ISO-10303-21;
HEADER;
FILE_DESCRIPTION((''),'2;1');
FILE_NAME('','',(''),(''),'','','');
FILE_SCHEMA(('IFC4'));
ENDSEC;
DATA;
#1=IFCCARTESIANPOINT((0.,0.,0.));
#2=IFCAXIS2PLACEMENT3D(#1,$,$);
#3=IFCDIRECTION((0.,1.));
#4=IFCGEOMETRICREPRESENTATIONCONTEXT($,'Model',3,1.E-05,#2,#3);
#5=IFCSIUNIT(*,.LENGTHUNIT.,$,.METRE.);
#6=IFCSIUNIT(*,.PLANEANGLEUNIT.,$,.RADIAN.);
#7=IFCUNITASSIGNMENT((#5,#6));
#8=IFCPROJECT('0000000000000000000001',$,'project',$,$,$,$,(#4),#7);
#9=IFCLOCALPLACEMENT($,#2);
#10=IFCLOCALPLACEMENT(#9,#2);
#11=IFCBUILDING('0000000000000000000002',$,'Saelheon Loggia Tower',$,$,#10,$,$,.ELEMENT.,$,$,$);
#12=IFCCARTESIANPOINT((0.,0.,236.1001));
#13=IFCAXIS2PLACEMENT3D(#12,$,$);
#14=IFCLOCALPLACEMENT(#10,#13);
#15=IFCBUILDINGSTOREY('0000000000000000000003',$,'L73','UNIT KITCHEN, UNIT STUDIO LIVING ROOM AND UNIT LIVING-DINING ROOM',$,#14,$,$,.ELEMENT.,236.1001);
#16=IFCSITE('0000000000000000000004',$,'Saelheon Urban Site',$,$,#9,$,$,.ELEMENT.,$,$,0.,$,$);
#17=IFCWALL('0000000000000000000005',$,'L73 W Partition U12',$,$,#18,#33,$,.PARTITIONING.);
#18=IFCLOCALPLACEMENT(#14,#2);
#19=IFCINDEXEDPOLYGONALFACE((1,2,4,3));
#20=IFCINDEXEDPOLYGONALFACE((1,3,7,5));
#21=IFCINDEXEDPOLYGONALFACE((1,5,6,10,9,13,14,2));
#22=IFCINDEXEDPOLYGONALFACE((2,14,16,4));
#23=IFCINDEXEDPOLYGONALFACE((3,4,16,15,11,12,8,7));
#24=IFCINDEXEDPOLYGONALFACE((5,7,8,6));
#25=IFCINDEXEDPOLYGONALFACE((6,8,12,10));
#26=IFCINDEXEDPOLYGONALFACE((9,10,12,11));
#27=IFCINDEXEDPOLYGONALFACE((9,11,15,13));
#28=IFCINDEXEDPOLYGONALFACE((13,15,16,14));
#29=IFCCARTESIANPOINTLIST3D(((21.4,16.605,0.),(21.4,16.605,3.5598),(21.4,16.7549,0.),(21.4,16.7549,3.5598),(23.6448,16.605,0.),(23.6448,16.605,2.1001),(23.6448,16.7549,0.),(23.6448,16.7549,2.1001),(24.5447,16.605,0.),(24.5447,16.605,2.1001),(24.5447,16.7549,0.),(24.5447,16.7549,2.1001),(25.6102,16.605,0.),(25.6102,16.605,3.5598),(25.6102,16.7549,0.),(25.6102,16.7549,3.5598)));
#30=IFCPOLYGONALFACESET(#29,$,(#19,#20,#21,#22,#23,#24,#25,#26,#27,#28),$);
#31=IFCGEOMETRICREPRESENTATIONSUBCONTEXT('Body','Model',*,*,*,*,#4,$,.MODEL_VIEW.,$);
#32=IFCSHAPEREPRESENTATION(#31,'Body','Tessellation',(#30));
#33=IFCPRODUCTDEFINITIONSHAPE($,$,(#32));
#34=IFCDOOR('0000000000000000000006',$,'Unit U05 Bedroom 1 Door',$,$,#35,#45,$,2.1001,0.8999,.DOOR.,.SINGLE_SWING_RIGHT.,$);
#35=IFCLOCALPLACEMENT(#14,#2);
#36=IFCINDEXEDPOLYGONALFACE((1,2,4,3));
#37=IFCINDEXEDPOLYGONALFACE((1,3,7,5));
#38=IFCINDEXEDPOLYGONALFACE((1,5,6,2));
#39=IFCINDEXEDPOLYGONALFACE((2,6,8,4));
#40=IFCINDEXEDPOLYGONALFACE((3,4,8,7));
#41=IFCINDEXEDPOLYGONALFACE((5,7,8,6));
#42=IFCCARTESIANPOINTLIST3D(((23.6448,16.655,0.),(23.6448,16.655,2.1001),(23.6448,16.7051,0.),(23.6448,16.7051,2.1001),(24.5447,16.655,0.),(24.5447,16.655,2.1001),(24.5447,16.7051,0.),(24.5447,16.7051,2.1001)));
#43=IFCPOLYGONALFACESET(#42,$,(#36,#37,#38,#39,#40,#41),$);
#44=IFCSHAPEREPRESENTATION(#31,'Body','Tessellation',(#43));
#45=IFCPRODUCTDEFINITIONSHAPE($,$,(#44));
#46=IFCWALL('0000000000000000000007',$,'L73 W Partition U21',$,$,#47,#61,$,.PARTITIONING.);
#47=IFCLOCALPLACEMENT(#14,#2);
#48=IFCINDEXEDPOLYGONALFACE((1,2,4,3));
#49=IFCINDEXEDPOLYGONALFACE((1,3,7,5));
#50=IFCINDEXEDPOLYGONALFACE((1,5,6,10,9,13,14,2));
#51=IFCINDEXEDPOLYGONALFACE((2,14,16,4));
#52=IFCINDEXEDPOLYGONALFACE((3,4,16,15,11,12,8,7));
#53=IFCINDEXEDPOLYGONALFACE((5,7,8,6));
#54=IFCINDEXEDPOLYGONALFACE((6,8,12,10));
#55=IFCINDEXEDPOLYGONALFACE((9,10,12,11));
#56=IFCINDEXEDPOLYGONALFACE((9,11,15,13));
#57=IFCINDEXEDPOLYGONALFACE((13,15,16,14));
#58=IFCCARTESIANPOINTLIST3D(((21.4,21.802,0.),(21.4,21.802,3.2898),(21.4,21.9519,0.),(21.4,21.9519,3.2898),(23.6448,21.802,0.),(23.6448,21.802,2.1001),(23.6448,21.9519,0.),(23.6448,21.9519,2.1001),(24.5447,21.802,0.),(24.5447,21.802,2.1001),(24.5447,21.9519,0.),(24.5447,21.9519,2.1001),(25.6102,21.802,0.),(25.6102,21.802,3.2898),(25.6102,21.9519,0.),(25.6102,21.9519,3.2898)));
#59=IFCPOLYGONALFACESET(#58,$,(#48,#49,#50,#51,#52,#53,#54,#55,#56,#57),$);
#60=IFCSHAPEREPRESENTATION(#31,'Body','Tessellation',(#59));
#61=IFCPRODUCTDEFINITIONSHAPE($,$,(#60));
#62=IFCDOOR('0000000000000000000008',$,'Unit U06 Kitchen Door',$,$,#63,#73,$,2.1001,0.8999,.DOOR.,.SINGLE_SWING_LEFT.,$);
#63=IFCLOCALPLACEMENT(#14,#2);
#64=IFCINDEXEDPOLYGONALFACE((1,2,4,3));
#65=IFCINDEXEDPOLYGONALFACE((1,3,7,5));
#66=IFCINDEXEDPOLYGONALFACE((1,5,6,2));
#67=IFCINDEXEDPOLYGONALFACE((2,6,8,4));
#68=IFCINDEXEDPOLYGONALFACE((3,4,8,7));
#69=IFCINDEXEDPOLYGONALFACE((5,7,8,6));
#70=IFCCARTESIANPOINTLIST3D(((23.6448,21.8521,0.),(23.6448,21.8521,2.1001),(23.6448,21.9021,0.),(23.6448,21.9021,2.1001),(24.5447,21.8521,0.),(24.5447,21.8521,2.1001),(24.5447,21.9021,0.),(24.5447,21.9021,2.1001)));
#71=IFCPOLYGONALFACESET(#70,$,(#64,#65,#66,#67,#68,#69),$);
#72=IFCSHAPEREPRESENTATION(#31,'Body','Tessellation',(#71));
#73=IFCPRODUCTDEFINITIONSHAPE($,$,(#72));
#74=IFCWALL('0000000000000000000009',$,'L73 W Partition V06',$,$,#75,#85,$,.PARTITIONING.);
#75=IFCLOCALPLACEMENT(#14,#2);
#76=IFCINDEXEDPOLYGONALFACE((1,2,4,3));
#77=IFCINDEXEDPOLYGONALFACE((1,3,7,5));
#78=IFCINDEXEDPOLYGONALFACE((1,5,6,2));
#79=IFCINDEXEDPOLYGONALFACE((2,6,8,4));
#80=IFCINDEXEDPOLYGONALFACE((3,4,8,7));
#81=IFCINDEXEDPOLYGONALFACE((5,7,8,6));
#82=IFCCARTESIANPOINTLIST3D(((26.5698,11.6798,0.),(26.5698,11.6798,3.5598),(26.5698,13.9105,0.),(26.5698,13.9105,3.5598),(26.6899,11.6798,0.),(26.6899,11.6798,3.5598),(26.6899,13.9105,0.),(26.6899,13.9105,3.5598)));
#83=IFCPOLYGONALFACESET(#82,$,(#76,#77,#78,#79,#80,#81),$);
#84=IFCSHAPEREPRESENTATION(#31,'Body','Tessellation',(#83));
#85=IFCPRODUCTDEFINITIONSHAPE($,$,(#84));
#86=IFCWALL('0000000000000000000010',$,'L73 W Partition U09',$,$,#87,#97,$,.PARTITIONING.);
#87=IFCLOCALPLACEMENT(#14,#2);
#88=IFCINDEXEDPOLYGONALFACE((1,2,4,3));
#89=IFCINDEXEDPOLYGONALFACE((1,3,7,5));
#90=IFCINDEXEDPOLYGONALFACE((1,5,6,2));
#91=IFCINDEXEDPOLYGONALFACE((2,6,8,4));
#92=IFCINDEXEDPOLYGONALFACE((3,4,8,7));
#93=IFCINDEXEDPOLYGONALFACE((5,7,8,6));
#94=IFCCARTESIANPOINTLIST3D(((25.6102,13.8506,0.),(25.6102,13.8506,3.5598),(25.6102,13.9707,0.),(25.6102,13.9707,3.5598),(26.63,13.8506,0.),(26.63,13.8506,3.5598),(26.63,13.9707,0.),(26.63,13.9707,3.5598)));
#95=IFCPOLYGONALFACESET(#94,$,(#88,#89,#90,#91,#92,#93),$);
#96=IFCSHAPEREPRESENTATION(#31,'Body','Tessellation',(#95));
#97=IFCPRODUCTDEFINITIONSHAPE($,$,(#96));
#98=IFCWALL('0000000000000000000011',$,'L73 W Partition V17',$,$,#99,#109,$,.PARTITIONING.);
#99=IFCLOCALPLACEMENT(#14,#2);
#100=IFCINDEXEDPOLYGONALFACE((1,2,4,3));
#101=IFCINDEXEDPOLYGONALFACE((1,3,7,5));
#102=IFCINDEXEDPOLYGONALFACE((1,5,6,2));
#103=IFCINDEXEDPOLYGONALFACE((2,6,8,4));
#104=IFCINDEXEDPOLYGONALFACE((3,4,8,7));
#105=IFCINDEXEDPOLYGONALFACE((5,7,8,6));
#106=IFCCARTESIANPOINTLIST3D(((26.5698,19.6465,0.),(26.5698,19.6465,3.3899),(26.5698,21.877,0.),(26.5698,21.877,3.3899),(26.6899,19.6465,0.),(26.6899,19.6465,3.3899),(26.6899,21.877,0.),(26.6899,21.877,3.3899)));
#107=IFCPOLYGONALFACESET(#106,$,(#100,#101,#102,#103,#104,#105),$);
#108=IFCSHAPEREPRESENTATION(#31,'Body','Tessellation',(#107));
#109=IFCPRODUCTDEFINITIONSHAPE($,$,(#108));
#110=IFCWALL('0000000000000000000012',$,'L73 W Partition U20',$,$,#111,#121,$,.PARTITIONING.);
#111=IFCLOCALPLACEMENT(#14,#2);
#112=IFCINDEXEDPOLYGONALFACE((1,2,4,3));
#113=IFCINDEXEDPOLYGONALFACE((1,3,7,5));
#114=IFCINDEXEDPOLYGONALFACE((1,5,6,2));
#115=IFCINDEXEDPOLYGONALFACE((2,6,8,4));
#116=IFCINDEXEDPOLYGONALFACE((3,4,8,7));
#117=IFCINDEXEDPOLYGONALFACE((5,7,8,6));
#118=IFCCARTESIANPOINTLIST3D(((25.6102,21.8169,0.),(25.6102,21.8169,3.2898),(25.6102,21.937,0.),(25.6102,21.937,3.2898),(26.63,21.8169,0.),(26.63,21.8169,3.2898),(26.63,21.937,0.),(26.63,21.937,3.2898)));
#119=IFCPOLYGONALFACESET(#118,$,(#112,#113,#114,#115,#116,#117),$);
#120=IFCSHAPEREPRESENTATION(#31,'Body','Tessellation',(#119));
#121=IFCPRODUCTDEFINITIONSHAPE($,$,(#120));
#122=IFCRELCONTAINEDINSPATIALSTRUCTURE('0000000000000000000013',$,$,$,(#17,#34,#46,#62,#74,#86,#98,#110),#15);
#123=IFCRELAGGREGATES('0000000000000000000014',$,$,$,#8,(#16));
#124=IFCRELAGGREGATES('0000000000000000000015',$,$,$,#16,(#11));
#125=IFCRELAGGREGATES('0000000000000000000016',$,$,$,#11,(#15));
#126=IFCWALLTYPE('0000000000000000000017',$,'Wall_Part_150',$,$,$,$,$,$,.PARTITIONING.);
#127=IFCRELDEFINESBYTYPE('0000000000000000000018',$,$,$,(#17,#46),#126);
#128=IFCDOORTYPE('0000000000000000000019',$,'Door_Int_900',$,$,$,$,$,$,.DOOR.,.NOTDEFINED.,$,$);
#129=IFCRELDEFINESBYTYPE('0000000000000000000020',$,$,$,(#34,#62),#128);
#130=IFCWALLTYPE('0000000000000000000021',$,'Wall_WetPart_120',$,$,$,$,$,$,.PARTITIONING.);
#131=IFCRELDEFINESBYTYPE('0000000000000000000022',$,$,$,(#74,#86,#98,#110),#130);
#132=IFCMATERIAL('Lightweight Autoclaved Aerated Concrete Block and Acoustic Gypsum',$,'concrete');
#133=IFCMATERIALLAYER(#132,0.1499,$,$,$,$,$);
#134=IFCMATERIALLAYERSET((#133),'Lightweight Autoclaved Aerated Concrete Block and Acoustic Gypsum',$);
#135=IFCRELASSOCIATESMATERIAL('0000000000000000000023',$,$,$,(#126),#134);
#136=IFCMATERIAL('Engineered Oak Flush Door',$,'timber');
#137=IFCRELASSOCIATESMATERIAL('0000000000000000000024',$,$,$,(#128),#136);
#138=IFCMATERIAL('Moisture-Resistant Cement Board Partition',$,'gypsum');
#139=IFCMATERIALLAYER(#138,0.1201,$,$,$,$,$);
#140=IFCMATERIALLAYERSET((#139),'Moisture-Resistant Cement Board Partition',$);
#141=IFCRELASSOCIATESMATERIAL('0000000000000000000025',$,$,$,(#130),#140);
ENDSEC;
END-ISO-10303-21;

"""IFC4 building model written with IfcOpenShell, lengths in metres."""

from ifc_helpers import new_model, si_unit, direction, frame, frame_2d, origin, place, context, subcontext, project, spatial, rectangle, extrude, source, transform, mapped, material, layer, layer_set, type_object, element, fill, save


model = new_model("IFC4")

# Units and contexts
model_context = context("Model", 3, precision=1e-05, world=origin(), true_north=direction((0.0, 1.0)))
body_context = subcontext(model_context, "Body", "Model", "MODEL_VIEW")
ifc_project = project(units=[si_unit("LENGTHUNIT", "METRE"), si_unit("PLANEANGLEUNIT", "RADIAN")], contexts=[model_context])

# Site, building, storey
site_placement = place(None, origin())
site = spatial("IfcSite", under=ifc_project, at=site_placement, Name="Saelheon Urban Site", CompositionType="ELEMENT", RefElevation=0.0)
building_placement = place(site_placement, origin())
building = spatial("IfcBuilding", under=site, at=building_placement, Name="Saelheon Loggia Tower", CompositionType="ELEMENT")
storey_placement = place(building_placement, frame((0.0, 0.0, 236.1001)))
storey = spatial("IfcBuildingStorey", under=building, at=storey_placement, Name="L73", Description="UNIT KITCHEN, UNIT STUDIO LIVING ROOM AND UNIT LIVING-DINING ROOM", CompositionType="ELEMENT", Elevation=236.1001)

# Shared definitions
ifc_material_1 = material(Name="Lightweight Autoclaved Aerated Concrete Block and Acoustic Gypsum", Category="concrete")
ifc_layer_1 = layer(ifc_material_1, 0.1499)
ifc_layer_set_1 = layer_set([ifc_layer_1], Name="Lightweight Autoclaved Aerated Concrete Block and Acoustic Gypsum")
wall_type_1 = type_object("IfcWallType", Name="Wall_Part_150", PredefinedType="PARTITIONING", material=ifc_layer_set_1)

# Walls, openings, doors
ifc_material_2 = material(Name="Engineered Oak Flush Door", Category="timber")
door_type = type_object("IfcDoorType", Name="Door_Int_900", OperationType="NOTDEFINED", PredefinedType="DOOR", material=ifc_material_2)
shared_shape_1 = source(origin(), body_context, "Body", "SweptSolid", [
    extrude(rectangle(XDim=0.8999, YDim=2.1001, at=frame_2d((0.45, 1.05))), frame((0.0, 0.0249, 0.0), z_axis=(0.0, -1.0, 0.0), x_axis=(1.0, 0.0, 0.0)), (0.0, 0.0, 1.0), 0.05),
])
wall_1_placement = place(storey_placement, frame((25.6101, 16.6799, 0.0), z_axis=(0.0, 0.0, 1.0), x_axis=(-1.0, 0.0, 0.0)))
wall_1 = element("IfcWall", 1, at=wall_1_placement, inside=storey, type_object=wall_type_1, Name="L73 W Partition U12", PredefinedType="PARTITIONING", context=body_context, shape_type="SweptSolid", body=[
    extrude(rectangle(XDim=4.2102, YDim=0.1499, at=frame_2d((2.105, 0.0))), origin(), (0.0, 0.0, 1.0), 3.5598),
])
opening_1_placement = place(wall_1_placement, frame((1.0654, 0.0, 0.0)))
opening_1 = element("IfcOpeningElement", 2, at=opening_1_placement, cuts=wall_1, PredefinedType="OPENING", context=body_context, shape_type="SweptSolid", body=[
    extrude(rectangle(XDim=0.8999, YDim=2.1001, at=frame_2d((0.45, 1.05))), frame((0.0, 0.0869, 0.0), z_axis=(0.0, -1.0, 0.0), x_axis=(1.0, 0.0, 0.0)), (0.0, 0.0, 1.0), 0.1738),
])
door_1_placement = place(opening_1_placement, origin())
door_1 = element("IfcDoor", 3, at=door_1_placement, inside=storey, type_object=door_type, Name="Unit U05 Bedroom 1 Door", OperationType="SINGLE_SWING_RIGHT", OverallHeight=2.1001, OverallWidth=0.8999, PredefinedType="DOOR", context=body_context, shape_type="MappedRepresentation", body=[
    mapped(shared_shape_1, transform((0.0, 0.0, 0.0), scale=1.0)),
])
fill(opening_1, door_1)
wall_2_placement = place(storey_placement, frame((25.6101, 21.877, 0.0), z_axis=(0.0, 0.0, 1.0), x_axis=(-1.0, 0.0, 0.0)))
wall_2 = element("IfcWall", 4, at=wall_2_placement, inside=storey, type_object=wall_type_1, Name="L73 W Partition U21", PredefinedType="PARTITIONING", context=body_context, shape_type="SweptSolid", body=[
    extrude(rectangle(XDim=4.2102, YDim=0.1499, at=frame_2d((2.105, 0.0))), origin(), (0.0, 0.0, 1.0), 3.2898),
])
opening_2_placement = place(wall_2_placement, frame((1.0654, 0.0, 0.0)))
opening_2 = element("IfcOpeningElement", 5, at=opening_2_placement, cuts=wall_2, PredefinedType="OPENING", context=body_context, shape_type="SweptSolid", body=[
    extrude(rectangle(XDim=0.8999, YDim=2.1001, at=frame_2d((0.45, 1.05))), frame((0.0, 0.0869, 0.0), z_axis=(0.0, -1.0, 0.0), x_axis=(1.0, 0.0, 0.0)), (0.0, 0.0, 1.0), 0.1738),
])
door_2_placement = place(opening_2_placement, origin())
door_2 = element("IfcDoor", 6, at=door_2_placement, inside=storey, type_object=door_type, Name="Unit U06 Kitchen Door", OperationType="SINGLE_SWING_LEFT", OverallHeight=2.1001, OverallWidth=0.8999, PredefinedType="DOOR", context=body_context, shape_type="MappedRepresentation", body=[
    mapped(shared_shape_1, transform((0.0, 0.0, 0.0), scale=1.0)),
])
fill(opening_2, door_2)

# Walls
ifc_material_3 = material(Name="Moisture-Resistant Cement Board Partition", Category="gypsum")
ifc_layer_2 = layer(ifc_material_3, 0.1201)
ifc_layer_set_2 = layer_set([ifc_layer_2], Name="Moisture-Resistant Cement Board Partition")
wall_type_2 = type_object("IfcWallType", Name="Wall_WetPart_120", PredefinedType="PARTITIONING", material=ifc_layer_set_2)
wall_3_placement = place(storey_placement, frame((26.6299, 11.6799, 0.0), z_axis=(0.0, 0.0, 1.0), x_axis=(0.0, 1.0, 0.0)))
element("IfcWall", 7, at=wall_3_placement, inside=storey, type_object=wall_type_2, Name="L73 W Partition V06", PredefinedType="PARTITIONING", context=body_context, shape_type="SweptSolid", body=[
    extrude(rectangle(XDim=2.2307, YDim=0.1201, at=frame_2d((1.1152, 0.0))), origin(), (0.0, 0.0, 1.0), 3.5598),
])
wall_4_placement = place(storey_placement, frame((26.6299, 13.9106, 0.0), z_axis=(0.0, 0.0, 1.0), x_axis=(-1.0, 0.0, 0.0)))
element("IfcWall", 8, at=wall_4_placement, inside=storey, type_object=wall_type_2, Name="L73 W Partition U09", PredefinedType="PARTITIONING", context=body_context, shape_type="SweptSolid", body=[
    extrude(rectangle(XDim=1.0198, YDim=0.1201, at=frame_2d((0.5098, 0.0))), origin(), (0.0, 0.0, 1.0), 3.5598),
])
wall_5_placement = place(storey_placement, frame((26.6299, 19.6465, 0.0), z_axis=(0.0, 0.0, 1.0), x_axis=(0.0, 1.0, 0.0)))
element("IfcWall", 9, at=wall_5_placement, inside=storey, type_object=wall_type_2, Name="L73 W Partition V17", PredefinedType="PARTITIONING", context=body_context, shape_type="SweptSolid", body=[
    extrude(rectangle(XDim=2.2305, YDim=0.1201, at=frame_2d((1.1152, 0.0))), origin(), (0.0, 0.0, 1.0), 3.3899),
])
wall_6_placement = place(storey_placement, frame((26.6299, 21.877, 0.0), z_axis=(0.0, 0.0, 1.0), x_axis=(-1.0, 0.0, 0.0)))
element("IfcWall", 10, at=wall_6_placement, inside=storey, type_object=wall_type_2, Name="L73 W Partition U20", PredefinedType="PARTITIONING", context=body_context, shape_type="SweptSolid", body=[
    extrude(rectangle(XDim=1.0198, YDim=0.1201, at=frame_2d((0.5098, 0.0))), origin(), (0.0, 0.0, 1.0), 3.2898),
])

save(model, "model.ifc")
